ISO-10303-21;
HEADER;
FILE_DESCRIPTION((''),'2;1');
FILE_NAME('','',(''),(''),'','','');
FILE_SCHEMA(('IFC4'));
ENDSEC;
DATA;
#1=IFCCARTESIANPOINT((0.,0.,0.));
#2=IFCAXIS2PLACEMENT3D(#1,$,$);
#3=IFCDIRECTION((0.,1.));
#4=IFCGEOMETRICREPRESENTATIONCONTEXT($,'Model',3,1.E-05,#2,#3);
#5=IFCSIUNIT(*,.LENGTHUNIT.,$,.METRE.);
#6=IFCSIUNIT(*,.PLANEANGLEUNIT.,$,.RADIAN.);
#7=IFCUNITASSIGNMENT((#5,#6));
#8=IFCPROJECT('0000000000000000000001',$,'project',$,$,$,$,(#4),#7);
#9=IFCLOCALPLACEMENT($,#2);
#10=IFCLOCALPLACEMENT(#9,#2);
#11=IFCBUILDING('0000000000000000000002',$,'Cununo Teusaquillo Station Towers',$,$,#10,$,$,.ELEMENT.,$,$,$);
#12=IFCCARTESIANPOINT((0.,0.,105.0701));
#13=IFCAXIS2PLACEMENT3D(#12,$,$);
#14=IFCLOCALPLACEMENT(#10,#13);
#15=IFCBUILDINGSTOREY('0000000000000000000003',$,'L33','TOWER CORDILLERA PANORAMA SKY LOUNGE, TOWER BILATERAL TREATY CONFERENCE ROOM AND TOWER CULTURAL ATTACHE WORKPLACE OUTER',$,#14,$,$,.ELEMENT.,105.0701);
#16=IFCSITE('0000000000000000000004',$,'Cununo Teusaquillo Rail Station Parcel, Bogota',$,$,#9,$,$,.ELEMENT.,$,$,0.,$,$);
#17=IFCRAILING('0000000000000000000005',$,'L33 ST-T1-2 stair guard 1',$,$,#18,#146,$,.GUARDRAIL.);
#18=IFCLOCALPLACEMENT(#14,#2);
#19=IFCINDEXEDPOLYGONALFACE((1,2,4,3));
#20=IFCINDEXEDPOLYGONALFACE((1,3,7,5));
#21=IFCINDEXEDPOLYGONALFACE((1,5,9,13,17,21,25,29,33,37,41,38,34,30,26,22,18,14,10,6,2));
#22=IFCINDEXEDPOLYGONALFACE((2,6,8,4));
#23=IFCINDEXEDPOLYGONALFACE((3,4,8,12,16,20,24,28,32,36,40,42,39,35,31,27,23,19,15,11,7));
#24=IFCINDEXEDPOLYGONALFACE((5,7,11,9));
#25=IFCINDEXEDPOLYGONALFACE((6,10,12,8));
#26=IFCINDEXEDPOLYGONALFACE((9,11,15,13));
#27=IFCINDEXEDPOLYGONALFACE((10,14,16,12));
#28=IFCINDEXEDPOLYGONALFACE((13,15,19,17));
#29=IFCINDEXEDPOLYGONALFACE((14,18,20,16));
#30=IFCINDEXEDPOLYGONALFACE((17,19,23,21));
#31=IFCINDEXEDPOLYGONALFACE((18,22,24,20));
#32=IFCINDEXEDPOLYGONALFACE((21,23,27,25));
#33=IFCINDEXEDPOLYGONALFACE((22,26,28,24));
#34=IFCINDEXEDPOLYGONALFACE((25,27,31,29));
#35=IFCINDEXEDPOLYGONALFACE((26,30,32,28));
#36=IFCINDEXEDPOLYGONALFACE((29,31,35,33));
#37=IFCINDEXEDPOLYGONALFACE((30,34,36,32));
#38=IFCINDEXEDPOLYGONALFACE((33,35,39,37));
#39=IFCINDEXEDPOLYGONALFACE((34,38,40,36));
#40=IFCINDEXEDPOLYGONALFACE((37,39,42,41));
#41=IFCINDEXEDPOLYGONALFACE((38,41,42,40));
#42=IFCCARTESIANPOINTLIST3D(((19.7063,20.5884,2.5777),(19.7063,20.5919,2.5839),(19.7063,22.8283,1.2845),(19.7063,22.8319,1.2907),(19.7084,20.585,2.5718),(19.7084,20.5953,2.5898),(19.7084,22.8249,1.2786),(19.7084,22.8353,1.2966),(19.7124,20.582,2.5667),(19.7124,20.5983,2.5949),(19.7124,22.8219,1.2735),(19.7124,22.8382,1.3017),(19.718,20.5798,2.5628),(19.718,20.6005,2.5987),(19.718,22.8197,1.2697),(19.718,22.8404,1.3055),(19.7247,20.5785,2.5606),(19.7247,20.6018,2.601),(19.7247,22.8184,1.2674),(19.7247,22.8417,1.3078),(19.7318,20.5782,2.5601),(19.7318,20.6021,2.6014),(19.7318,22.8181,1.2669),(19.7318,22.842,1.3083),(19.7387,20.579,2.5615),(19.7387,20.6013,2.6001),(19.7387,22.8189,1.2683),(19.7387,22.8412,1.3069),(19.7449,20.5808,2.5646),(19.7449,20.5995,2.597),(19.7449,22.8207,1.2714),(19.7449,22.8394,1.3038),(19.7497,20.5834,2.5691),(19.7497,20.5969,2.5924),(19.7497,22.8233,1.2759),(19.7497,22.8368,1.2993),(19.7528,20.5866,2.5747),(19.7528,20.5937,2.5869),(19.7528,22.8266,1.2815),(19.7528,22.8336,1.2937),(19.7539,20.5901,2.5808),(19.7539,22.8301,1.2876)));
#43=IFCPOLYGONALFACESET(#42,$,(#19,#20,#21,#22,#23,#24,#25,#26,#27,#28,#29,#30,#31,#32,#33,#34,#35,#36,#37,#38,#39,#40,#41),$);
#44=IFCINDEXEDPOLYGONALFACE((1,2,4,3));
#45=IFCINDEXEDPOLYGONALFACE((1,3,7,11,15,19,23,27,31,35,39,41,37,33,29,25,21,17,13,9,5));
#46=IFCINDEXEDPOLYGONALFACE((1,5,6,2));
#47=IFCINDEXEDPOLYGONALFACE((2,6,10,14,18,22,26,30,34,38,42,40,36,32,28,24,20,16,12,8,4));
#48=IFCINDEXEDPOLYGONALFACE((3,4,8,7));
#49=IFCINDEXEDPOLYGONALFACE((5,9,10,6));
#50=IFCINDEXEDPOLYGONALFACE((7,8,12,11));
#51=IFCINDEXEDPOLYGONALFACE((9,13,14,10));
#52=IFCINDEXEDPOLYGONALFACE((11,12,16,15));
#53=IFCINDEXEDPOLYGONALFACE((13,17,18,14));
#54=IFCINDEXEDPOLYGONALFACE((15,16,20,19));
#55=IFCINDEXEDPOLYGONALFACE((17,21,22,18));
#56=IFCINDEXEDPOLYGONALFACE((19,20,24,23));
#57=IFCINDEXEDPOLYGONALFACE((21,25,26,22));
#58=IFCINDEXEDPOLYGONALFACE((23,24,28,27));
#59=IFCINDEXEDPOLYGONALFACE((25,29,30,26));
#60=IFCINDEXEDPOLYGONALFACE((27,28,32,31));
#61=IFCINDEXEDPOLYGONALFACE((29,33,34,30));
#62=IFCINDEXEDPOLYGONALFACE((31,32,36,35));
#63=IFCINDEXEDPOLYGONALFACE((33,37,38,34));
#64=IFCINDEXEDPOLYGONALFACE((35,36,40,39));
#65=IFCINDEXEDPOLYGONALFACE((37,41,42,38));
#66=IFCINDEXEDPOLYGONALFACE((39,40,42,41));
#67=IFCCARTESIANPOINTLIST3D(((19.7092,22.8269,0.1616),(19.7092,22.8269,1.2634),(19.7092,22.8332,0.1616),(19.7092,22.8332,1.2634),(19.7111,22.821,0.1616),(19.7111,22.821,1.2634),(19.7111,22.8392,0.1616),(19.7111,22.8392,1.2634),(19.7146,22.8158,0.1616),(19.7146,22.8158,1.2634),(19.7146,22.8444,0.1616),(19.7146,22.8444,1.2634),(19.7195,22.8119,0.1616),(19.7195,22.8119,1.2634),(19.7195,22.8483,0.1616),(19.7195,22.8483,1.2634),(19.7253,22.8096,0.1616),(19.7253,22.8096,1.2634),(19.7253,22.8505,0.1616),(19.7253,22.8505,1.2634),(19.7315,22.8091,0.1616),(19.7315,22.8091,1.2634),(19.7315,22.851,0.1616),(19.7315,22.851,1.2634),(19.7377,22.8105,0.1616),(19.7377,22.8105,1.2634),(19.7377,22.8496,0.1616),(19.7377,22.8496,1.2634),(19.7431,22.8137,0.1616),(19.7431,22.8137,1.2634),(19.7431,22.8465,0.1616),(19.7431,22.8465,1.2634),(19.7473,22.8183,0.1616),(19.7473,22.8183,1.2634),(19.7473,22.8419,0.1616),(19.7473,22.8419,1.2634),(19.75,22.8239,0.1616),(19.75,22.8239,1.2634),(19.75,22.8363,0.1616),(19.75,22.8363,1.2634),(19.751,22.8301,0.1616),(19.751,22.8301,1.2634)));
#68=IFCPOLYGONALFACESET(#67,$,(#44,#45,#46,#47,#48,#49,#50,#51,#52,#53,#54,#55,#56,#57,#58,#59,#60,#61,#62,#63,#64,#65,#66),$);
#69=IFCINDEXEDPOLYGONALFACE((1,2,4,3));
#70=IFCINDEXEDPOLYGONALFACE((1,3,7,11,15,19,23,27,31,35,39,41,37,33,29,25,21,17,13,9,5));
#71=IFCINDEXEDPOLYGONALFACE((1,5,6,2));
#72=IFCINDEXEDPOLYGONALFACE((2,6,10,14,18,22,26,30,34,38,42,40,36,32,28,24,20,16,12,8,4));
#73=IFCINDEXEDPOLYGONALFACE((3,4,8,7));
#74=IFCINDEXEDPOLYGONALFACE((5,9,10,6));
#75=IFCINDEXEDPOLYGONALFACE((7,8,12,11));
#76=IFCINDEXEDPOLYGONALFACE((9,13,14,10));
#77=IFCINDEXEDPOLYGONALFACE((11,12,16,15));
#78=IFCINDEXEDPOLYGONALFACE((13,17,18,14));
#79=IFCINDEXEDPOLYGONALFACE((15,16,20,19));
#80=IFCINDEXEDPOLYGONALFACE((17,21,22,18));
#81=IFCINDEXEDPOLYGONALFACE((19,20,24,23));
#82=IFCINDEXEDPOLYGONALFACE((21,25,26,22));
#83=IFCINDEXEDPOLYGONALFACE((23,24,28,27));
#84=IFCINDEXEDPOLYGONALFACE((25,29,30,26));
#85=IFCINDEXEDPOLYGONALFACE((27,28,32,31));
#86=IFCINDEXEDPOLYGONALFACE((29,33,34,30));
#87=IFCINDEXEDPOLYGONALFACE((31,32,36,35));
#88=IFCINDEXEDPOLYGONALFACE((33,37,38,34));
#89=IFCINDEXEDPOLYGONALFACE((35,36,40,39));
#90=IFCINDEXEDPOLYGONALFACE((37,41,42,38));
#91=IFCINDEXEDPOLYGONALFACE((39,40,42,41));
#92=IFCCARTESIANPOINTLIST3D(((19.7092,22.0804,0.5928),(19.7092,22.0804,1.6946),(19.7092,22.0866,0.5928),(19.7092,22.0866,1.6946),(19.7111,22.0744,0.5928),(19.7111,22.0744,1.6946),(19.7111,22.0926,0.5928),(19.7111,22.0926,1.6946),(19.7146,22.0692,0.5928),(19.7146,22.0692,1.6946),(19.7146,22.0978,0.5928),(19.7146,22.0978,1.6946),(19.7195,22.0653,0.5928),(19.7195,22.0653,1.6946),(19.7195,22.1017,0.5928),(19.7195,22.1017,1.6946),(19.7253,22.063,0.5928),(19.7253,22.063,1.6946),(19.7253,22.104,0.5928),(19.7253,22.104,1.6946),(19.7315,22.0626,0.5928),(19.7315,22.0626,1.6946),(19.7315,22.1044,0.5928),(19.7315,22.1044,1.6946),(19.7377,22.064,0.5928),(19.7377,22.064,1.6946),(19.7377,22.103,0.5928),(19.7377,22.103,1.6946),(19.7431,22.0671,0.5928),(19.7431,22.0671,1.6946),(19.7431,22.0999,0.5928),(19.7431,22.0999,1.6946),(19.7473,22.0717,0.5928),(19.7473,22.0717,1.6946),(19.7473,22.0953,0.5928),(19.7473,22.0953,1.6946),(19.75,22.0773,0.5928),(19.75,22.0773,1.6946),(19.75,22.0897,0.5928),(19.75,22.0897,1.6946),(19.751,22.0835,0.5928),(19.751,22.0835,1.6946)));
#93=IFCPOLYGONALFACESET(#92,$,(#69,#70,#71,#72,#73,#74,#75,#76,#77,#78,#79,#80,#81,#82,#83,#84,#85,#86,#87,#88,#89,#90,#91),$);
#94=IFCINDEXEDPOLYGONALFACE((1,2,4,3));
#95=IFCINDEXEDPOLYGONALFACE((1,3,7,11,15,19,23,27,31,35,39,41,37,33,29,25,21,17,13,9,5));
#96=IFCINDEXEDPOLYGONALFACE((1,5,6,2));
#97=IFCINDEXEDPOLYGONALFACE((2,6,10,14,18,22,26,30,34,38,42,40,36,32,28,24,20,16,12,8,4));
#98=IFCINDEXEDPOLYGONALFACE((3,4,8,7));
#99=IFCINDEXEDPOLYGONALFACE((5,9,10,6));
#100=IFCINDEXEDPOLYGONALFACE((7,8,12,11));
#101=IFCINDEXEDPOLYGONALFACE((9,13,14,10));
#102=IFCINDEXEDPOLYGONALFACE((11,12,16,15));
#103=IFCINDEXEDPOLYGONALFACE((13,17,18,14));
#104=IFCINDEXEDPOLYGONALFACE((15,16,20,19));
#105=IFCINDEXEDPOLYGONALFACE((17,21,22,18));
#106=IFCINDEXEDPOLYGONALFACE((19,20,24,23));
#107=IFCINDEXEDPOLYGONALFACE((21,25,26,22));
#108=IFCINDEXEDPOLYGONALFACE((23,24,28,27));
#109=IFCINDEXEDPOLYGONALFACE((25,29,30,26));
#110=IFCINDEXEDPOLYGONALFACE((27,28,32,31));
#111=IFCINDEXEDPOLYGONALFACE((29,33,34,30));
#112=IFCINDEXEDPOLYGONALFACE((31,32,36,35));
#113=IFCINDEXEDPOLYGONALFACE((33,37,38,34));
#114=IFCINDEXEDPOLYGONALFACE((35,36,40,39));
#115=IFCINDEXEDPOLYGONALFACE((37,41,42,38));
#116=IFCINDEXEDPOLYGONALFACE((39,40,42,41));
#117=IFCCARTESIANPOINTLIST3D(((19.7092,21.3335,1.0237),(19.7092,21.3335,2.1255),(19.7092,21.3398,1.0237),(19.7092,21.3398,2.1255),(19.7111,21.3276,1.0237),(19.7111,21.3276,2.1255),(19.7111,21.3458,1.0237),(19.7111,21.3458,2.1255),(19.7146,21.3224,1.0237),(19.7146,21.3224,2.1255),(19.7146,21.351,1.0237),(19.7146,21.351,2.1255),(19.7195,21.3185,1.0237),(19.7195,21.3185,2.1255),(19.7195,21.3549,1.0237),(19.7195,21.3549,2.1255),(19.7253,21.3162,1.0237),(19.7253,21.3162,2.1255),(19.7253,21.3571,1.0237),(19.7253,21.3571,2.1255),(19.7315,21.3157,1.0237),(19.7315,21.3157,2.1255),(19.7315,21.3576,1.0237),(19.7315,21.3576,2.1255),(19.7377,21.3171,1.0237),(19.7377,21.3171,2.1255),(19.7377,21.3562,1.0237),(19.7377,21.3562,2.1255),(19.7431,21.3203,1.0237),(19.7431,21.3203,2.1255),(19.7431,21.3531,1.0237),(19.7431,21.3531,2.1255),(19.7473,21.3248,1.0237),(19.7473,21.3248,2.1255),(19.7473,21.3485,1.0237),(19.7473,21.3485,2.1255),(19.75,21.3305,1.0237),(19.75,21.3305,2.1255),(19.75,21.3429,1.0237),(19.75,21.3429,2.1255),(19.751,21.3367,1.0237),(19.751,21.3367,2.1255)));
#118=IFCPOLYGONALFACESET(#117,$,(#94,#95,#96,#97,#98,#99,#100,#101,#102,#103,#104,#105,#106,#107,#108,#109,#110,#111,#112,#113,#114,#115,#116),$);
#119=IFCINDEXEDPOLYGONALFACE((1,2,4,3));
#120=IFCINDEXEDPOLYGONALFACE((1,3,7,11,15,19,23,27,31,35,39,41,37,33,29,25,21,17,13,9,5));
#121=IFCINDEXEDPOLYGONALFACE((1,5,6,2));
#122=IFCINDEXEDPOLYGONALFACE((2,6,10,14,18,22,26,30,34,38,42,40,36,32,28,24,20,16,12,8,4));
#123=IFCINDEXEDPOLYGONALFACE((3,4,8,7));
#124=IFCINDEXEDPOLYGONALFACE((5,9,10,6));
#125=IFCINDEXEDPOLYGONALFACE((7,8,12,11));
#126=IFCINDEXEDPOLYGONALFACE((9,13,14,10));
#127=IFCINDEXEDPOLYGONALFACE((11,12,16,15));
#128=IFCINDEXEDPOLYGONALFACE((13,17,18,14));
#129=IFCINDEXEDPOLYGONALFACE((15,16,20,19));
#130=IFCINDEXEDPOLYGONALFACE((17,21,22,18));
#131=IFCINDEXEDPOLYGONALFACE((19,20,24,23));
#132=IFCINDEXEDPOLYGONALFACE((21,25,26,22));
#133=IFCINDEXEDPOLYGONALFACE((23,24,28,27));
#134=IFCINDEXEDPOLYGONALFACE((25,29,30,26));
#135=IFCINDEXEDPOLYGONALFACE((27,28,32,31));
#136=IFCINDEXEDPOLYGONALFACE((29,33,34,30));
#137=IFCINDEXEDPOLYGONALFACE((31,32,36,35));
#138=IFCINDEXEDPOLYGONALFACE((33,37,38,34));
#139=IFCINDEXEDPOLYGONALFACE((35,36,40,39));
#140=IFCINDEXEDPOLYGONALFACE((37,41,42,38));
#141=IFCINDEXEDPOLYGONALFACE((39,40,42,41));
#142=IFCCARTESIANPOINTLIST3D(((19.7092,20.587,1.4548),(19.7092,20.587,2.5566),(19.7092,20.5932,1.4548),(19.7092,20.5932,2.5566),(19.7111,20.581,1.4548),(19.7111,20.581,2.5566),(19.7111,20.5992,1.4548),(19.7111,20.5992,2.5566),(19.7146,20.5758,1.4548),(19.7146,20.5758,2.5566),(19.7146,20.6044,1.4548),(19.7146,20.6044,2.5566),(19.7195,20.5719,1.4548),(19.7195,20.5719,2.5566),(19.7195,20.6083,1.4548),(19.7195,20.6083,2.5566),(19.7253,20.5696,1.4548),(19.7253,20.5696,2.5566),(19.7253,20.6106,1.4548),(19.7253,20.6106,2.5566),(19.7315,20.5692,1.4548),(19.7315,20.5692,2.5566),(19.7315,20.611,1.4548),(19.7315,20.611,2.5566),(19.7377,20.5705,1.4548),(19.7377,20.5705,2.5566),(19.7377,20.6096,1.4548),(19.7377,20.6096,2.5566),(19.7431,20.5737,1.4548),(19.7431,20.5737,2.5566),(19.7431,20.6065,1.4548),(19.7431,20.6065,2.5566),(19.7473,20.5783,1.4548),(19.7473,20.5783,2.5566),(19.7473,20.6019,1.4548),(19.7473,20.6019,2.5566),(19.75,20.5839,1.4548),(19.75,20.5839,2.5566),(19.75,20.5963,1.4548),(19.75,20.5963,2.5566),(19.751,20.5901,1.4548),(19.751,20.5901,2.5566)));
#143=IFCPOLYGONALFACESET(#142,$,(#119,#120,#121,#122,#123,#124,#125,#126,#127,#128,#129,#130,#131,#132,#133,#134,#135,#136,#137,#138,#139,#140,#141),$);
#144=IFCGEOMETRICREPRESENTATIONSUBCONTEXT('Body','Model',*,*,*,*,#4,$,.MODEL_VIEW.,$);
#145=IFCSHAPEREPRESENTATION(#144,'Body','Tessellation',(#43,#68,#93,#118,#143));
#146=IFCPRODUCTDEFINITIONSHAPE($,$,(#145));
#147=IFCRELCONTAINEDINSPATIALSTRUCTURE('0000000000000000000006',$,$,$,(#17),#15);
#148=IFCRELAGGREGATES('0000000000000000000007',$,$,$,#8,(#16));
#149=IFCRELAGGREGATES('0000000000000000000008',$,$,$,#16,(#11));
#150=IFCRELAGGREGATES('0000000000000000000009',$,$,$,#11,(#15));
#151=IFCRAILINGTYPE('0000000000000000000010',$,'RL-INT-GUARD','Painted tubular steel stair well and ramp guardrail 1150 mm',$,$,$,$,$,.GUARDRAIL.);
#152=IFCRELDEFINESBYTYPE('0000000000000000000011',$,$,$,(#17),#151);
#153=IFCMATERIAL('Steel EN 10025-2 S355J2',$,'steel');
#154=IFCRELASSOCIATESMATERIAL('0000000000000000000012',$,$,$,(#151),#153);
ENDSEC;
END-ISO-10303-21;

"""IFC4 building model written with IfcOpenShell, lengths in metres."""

from ifc_helpers import new_model, si_unit, direction, frame, origin, origin_2d, place, context, subcontext, project, spatial, circle, extrude, material, type_object, element, save


model = new_model("IFC4")

# Units and contexts
model_context = context("Model", 3, precision=1e-05, world=origin(), true_north=direction((0.0, 1.0)))
body_context = subcontext(model_context, "Body", "Model", "MODEL_VIEW")
ifc_project = project(units=[si_unit("LENGTHUNIT", "METRE"), si_unit("PLANEANGLEUNIT", "RADIAN")], contexts=[model_context])

# Site, building, storey
site_placement = place(None, origin())
site = spatial("IfcSite", under=ifc_project, at=site_placement, Name="Cununo Teusaquillo Rail Station Parcel, Bogota", CompositionType="ELEMENT", RefElevation=0.0)
building_placement = place(site_placement, origin())
building = spatial("IfcBuilding", under=site, at=building_placement, Name="Cununo Teusaquillo Station Towers", CompositionType="ELEMENT")
storey_placement = place(building_placement, frame((0.0, 0.0, 105.0701)))
storey = spatial("IfcBuildingStorey", under=building, at=storey_placement, Name="L33", Description="TOWER CORDILLERA PANORAMA SKY LOUNGE, TOWER BILATERAL TREATY CONFERENCE ROOM AND TOWER CULTURAL ATTACHE WORKPLACE OUTER", CompositionType="ELEMENT", Elevation=105.0701)

# Railing
ifc_material_1 = material(Name="Steel EN 10025-2 S355J2", Category="steel")
railing_type_1 = type_object("IfcRailingType", Name="RL-INT-GUARD", Description="Painted tubular steel stair well and ramp guardrail 1150 mm", PredefinedType="GUARDRAIL", material=ifc_material_1)
railing_1_placement = place(storey_placement, frame((19.73, 22.8301, 0.1616)))
element("IfcRailing", 1, at=railing_1_placement, inside=storey, type_object=railing_type_1, Name="L33 ST-T1-2 stair guard 1", PredefinedType="GUARDRAIL", context=body_context, shape_type="SweptSolid", body=[
    extrude(circle(Radius=0.0239, at=origin_2d()), frame((0.0, 0.0, 1.126), z_axis=(0.0, -0.866033, 0.499987), x_axis=(1.0, 0.0, 0.0)), (0.0, 0.0, 1.0), 2.5864),
    extrude(circle(Radius=0.021, at=origin_2d()), origin(), (0.0, 0.0, 1.0), 1.1018),
    extrude(circle(Radius=0.021, at=origin_2d()), frame((0.0, -0.7466, 0.4312)), (0.0, 0.0, 1.0), 1.1018),
    extrude(circle(Radius=0.021, at=origin_2d()), frame((0.0, -1.4934, 0.8621)), (0.0, 0.0, 1.0), 1.1018),
    extrude(circle(Radius=0.021, at=origin_2d()), frame((0.0, -2.24, 1.2932)), (0.0, 0.0, 1.0), 1.1018),
])

save(model, "model.ifc")
